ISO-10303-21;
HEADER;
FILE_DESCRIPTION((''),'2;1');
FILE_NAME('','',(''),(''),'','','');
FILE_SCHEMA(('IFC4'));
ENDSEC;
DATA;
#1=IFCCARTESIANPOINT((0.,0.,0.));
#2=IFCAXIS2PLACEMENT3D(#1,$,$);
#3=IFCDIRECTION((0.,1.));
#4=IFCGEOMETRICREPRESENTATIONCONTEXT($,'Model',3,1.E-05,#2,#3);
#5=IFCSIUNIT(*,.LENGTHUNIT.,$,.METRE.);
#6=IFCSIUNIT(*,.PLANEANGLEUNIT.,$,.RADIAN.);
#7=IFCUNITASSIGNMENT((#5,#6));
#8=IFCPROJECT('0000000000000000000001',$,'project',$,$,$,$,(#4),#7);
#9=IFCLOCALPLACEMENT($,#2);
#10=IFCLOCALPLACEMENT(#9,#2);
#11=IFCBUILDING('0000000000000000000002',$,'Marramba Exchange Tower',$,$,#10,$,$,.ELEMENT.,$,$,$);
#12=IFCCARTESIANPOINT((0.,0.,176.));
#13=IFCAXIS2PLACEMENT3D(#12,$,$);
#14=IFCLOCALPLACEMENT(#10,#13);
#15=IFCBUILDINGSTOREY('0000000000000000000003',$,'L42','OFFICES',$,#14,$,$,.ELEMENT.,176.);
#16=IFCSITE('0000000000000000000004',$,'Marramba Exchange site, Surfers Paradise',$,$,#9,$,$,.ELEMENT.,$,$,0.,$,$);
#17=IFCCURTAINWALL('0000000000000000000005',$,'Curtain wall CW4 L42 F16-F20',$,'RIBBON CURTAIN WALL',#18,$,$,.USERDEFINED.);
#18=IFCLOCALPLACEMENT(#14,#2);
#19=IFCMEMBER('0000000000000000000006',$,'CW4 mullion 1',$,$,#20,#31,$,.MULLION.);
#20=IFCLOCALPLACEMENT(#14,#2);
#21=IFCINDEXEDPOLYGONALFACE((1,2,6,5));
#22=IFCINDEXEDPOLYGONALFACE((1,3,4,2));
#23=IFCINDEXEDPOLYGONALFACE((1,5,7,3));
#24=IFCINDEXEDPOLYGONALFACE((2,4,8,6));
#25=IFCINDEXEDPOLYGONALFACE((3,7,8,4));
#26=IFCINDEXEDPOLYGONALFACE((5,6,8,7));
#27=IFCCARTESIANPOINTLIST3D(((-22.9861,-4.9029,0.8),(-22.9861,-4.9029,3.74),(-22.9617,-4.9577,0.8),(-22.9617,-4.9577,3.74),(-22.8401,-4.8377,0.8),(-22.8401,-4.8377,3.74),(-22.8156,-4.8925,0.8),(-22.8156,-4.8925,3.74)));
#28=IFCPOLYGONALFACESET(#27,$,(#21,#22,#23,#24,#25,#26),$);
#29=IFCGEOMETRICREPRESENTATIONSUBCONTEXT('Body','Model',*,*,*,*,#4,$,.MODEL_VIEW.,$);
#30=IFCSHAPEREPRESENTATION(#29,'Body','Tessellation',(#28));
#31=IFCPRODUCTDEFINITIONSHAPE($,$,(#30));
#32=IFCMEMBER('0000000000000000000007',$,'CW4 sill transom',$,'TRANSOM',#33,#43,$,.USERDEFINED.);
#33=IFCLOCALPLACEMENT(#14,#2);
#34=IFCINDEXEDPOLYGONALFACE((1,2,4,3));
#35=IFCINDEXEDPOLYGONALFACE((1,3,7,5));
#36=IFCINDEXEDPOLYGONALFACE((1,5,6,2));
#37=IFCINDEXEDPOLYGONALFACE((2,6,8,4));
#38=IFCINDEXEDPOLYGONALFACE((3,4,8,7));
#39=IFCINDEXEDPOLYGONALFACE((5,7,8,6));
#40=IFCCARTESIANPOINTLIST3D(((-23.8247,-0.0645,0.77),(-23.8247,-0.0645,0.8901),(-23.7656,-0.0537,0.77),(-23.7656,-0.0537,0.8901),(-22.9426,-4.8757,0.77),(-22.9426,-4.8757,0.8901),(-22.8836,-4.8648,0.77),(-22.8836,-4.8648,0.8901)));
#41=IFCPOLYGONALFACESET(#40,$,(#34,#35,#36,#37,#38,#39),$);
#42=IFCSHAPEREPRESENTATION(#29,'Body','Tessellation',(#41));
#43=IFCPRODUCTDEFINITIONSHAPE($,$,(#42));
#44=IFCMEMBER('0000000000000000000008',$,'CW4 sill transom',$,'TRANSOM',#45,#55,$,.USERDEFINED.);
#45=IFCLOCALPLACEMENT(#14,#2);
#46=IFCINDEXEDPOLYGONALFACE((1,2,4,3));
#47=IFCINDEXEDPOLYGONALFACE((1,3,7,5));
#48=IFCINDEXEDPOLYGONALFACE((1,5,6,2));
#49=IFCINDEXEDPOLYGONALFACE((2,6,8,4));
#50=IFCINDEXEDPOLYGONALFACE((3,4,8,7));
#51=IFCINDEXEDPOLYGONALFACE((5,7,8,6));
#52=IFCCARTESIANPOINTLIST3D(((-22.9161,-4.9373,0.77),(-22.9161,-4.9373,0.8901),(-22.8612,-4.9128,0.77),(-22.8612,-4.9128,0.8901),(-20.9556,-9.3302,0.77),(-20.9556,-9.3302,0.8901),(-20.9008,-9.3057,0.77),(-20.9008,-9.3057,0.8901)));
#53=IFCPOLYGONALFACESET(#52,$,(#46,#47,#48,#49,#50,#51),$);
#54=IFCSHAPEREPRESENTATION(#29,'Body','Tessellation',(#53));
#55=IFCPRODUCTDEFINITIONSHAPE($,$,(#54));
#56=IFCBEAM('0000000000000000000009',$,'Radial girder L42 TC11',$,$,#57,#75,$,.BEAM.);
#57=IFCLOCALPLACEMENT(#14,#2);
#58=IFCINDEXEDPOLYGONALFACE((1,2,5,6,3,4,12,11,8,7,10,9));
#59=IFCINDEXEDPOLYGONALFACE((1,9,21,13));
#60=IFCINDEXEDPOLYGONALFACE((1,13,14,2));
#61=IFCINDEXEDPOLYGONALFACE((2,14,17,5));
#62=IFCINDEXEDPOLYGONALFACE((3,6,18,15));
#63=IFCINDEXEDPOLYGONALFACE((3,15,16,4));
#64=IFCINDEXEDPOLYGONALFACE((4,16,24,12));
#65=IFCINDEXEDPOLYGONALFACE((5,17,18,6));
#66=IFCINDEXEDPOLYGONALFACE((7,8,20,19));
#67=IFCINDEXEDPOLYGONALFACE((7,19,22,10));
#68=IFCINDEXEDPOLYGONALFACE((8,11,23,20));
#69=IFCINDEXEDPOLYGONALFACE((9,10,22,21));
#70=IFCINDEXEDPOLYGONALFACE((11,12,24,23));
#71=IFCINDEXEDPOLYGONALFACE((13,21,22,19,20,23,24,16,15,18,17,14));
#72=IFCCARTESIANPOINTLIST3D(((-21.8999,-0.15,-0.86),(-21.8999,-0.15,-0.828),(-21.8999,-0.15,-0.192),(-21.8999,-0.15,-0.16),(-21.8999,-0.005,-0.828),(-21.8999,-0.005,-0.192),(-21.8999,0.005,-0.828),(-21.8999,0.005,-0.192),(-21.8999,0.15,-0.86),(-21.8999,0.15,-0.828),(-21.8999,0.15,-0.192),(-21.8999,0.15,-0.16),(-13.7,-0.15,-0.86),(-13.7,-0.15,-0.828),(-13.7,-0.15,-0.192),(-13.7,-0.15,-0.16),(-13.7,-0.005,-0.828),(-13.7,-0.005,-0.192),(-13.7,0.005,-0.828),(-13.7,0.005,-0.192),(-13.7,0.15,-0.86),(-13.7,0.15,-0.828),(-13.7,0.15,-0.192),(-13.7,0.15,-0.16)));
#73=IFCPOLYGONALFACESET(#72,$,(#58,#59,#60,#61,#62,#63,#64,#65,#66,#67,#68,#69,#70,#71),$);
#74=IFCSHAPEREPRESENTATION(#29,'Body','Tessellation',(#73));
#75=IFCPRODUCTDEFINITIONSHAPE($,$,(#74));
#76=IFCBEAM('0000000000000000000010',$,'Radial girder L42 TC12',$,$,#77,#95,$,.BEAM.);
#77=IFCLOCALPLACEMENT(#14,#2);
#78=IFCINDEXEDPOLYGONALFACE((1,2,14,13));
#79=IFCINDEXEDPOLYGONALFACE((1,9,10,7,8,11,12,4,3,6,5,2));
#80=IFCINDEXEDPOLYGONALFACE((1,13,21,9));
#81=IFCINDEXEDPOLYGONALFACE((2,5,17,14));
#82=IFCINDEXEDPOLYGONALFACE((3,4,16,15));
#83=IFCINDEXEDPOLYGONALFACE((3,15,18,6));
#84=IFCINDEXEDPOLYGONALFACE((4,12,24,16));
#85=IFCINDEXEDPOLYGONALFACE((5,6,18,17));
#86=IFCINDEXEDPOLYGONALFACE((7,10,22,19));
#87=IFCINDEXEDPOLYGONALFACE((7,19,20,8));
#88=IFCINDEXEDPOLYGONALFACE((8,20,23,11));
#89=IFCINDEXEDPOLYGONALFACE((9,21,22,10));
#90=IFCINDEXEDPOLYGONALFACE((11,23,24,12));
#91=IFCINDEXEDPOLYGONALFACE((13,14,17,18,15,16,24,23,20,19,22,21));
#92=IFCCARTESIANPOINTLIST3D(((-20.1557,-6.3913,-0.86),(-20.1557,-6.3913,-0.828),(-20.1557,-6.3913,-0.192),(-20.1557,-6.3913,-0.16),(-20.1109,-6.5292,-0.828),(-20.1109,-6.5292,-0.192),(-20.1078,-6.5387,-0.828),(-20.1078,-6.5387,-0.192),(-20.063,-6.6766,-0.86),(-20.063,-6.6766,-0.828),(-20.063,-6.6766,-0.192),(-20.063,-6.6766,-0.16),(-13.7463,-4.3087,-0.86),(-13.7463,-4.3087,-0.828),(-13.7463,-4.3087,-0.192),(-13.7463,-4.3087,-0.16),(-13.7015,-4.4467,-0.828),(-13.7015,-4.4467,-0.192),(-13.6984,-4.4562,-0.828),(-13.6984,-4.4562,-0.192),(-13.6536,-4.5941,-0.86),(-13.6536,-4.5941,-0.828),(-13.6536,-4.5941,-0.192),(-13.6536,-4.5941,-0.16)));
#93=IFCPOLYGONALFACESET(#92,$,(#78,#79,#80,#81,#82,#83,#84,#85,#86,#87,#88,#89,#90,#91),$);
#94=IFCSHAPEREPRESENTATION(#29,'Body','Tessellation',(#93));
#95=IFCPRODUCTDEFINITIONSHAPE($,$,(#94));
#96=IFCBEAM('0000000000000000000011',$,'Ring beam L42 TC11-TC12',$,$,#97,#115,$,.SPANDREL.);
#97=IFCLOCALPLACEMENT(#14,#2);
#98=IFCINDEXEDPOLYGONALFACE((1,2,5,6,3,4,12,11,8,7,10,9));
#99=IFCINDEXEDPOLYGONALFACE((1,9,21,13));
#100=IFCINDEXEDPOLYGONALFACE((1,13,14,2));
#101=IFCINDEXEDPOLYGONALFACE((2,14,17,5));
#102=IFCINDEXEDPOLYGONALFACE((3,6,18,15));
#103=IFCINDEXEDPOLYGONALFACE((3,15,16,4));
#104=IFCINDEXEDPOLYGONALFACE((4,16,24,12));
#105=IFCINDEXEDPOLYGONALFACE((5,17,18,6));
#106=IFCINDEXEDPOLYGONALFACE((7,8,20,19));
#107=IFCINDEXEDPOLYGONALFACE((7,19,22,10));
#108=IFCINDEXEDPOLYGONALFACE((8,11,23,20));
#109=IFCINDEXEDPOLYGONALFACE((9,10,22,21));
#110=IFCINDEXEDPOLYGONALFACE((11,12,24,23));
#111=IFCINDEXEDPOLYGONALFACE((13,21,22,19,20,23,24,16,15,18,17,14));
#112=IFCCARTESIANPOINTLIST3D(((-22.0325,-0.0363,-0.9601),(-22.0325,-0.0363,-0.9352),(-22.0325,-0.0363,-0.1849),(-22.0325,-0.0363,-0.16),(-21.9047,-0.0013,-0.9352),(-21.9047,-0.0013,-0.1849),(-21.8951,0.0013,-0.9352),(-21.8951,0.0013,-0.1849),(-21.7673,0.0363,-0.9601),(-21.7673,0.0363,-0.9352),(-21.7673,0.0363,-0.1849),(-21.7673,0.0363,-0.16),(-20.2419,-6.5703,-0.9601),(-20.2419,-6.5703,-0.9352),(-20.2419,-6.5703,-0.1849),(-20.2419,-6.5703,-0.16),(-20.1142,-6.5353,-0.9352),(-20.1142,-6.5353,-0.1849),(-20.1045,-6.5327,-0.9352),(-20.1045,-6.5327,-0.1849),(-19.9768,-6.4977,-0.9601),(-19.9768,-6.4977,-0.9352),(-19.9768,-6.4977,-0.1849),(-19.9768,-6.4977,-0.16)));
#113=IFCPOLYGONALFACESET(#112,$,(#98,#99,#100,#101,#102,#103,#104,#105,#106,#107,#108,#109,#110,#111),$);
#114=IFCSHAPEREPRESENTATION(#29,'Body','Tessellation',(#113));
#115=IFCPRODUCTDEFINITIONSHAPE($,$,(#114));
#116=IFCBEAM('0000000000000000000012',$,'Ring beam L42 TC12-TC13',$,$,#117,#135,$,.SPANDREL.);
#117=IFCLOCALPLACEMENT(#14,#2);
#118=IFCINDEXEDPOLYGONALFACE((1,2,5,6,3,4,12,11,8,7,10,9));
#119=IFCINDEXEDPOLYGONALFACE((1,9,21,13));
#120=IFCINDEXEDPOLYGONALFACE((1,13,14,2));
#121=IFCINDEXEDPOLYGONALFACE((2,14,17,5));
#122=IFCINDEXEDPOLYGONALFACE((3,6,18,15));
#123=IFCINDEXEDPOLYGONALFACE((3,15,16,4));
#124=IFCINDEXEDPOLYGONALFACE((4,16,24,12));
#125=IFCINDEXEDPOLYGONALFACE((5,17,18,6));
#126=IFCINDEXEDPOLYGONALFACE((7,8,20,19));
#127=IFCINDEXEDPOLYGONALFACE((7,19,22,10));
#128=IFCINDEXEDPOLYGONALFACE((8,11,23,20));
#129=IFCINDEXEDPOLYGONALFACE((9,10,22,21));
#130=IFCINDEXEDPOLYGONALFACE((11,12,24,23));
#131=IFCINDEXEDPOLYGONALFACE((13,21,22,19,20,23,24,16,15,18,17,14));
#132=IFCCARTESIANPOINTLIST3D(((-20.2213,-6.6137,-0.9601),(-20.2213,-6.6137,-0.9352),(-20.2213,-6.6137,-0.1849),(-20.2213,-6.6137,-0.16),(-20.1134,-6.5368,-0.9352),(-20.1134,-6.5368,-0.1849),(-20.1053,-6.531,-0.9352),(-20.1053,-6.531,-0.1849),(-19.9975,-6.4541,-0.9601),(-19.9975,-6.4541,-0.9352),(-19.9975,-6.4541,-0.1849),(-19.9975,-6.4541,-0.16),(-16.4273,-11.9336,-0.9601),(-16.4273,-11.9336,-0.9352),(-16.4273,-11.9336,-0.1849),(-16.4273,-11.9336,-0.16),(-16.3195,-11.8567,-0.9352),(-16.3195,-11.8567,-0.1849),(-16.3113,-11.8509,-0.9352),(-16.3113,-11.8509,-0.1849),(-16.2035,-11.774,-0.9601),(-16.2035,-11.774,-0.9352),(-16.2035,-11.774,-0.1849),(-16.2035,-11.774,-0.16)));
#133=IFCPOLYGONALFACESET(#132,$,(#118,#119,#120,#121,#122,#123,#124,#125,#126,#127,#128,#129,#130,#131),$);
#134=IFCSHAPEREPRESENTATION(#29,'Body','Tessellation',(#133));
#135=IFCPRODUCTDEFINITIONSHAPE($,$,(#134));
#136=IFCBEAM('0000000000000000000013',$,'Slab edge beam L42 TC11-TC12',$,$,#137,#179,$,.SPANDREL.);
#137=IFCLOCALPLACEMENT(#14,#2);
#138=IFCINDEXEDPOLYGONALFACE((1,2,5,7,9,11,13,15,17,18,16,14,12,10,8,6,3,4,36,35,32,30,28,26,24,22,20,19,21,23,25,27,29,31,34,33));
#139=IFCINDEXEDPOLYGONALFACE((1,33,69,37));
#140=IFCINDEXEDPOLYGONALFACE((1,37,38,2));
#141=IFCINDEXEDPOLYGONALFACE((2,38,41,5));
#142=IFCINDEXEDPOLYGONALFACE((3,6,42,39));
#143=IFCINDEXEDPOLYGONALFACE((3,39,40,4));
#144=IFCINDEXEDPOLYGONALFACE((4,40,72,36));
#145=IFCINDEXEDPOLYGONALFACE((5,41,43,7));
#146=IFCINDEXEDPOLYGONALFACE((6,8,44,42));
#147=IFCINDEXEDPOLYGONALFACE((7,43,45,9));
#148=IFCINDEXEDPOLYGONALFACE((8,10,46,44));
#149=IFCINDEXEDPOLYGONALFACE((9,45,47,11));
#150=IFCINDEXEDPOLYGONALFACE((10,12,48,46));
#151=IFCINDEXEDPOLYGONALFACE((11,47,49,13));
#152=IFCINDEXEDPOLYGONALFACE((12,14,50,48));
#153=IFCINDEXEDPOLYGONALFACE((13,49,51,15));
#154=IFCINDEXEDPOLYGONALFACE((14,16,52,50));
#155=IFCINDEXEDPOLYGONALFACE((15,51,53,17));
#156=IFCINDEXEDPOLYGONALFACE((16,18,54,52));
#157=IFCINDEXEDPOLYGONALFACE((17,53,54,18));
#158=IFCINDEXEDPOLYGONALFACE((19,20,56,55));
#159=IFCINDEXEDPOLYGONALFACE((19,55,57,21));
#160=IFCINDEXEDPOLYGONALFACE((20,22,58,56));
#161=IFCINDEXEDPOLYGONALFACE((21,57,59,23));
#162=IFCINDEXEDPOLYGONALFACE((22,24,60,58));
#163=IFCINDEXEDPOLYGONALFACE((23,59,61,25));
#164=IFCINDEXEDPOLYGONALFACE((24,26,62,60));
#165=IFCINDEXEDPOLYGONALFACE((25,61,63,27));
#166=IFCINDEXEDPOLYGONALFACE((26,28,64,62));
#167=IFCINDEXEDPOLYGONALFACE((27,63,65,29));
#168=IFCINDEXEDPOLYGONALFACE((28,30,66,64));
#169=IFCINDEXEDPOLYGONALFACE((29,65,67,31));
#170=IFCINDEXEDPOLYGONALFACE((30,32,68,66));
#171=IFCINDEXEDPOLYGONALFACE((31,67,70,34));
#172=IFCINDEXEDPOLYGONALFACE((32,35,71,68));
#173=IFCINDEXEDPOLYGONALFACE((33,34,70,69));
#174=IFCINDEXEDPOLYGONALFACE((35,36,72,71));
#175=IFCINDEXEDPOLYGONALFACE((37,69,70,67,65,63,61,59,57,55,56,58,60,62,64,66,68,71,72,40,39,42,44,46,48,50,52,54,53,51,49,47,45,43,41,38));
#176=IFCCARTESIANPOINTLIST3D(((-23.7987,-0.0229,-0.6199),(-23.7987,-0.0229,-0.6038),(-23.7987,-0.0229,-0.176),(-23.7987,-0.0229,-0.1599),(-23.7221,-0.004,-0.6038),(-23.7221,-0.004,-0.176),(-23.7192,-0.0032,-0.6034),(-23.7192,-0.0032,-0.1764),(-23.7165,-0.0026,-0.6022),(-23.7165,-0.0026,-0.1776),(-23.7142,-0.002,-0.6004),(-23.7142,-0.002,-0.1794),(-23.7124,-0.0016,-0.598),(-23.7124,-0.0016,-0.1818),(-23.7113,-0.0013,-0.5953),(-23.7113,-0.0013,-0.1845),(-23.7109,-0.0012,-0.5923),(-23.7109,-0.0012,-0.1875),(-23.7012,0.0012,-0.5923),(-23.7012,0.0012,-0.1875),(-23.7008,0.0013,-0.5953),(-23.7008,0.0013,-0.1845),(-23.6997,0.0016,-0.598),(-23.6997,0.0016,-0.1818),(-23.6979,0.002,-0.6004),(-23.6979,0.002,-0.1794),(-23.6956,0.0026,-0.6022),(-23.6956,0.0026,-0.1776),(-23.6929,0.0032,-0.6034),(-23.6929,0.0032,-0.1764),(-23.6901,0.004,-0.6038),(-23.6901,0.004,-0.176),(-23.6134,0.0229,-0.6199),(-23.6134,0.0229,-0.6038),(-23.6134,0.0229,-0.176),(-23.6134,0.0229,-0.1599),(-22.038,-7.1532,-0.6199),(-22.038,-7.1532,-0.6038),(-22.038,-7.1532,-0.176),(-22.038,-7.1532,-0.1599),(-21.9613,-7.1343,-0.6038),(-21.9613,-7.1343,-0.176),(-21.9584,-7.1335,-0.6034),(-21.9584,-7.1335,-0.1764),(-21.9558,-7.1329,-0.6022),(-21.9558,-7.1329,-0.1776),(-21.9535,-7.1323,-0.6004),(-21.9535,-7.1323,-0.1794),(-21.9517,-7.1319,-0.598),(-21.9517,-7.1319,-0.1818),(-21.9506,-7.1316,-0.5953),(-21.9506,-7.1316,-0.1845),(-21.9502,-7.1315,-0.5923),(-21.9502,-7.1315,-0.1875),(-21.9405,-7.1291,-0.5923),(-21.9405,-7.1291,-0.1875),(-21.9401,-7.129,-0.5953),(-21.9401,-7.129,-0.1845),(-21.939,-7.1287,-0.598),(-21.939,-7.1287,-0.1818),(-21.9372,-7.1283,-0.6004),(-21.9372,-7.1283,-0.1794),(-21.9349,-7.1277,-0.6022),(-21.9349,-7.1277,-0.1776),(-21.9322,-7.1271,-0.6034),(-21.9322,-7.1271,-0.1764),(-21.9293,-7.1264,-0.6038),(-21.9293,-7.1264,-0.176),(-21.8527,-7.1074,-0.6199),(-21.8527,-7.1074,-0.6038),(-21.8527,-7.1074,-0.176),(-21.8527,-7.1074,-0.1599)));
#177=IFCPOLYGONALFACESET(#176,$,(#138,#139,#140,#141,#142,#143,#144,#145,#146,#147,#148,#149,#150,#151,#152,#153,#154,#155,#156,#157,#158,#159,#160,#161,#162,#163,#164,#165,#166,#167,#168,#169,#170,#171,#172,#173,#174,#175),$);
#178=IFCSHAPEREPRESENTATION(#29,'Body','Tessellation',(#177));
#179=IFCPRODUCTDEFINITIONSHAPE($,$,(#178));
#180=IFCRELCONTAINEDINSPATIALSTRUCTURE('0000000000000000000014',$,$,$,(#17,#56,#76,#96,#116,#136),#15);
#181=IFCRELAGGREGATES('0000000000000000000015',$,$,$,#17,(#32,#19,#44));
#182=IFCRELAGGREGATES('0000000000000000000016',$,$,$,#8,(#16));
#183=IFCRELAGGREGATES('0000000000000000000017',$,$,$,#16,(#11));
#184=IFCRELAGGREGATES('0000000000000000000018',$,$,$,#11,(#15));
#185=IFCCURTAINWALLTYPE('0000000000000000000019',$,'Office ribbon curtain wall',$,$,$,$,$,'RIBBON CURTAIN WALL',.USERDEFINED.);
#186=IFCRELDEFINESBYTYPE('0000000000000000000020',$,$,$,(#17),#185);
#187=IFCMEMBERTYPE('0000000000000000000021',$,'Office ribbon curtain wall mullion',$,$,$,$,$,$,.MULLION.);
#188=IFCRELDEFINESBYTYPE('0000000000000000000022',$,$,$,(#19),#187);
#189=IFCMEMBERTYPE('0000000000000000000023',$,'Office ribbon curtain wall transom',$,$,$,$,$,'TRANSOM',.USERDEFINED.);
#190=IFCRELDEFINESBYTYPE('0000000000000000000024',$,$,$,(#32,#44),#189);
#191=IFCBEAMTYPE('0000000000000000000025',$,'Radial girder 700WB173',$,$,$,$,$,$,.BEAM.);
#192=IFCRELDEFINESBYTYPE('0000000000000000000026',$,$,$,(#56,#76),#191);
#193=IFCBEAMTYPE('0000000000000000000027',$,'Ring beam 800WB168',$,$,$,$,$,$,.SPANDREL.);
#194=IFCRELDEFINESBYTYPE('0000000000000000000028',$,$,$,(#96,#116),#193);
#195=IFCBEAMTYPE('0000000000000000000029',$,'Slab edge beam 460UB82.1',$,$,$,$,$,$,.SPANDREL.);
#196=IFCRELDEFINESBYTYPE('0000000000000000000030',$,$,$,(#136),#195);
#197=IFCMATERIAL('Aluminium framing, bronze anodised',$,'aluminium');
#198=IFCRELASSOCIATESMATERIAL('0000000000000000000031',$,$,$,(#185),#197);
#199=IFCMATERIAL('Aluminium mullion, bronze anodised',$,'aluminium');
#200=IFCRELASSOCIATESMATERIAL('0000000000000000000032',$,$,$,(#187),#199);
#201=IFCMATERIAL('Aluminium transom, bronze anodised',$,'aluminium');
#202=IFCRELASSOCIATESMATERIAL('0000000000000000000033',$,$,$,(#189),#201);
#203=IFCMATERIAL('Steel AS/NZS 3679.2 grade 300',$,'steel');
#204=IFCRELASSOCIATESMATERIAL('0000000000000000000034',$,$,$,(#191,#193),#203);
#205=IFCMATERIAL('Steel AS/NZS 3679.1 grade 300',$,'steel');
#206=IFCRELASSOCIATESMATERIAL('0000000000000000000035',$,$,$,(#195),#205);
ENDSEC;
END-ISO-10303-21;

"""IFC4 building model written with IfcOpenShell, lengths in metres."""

from ifc_helpers import new_model, si_unit, direction, frame, origin, origin_2d, place, context, subcontext, project, spatial, rectangle, i_section, extrude, material, material_profile, profile_set, type_object, element, aggregate, save


model = new_model("IFC4")

# Units and contexts
model_context = context("Model", 3, precision=1e-05, world=origin(), true_north=direction((0.0, 1.0)))
body_context = subcontext(model_context, "Body", "Model", "MODEL_VIEW")
ifc_project = project(units=[si_unit("LENGTHUNIT", "METRE"), si_unit("PLANEANGLEUNIT", "RADIAN")], contexts=[model_context])

# Site, building, storey
site_placement = place(None, origin())
site = spatial("IfcSite", under=ifc_project, at=site_placement, Name="Marramba Exchange site, Surfers Paradise", CompositionType="ELEMENT", RefElevation=0.0)
building_placement = place(site_placement, origin())
building = spatial("IfcBuilding", under=site, at=building_placement, Name="Marramba Exchange Tower", CompositionType="ELEMENT")
storey_placement = place(building_placement, frame((0.0, 0.0, 176.0)))
storey = spatial("IfcBuildingStorey", under=building, at=storey_placement, Name="L42", Description="OFFICES", CompositionType="ELEMENT", Elevation=176.0)

# Shared definitions
ifc_material_1 = material(Name="Steel AS/NZS 3679.2 grade 300", Category="steel")
ifc_material_2 = material(Name="Steel AS/NZS 3679.1 grade 300", Category="steel")

# Curtain wall, members
ifc_material_3 = material(Name="Aluminium framing, bronze anodised", Category="aluminium")
curtain_wall_type = type_object("IfcCurtainWallType", Name="Office ribbon curtain wall", ElementType="RIBBON CURTAIN WALL", PredefinedType="USERDEFINED", material=ifc_material_3)
curtain_wall_placement = place(storey_placement, origin())
curtain_wall = element("IfcCurtainWall", 1, at=curtain_wall_placement, inside=storey, type_object=curtain_wall_type, Name="Curtain wall CW4 L42 F16-F20", ObjectType="RIBBON CURTAIN WALL", PredefinedType="USERDEFINED")
ifc_material_4 = material(Name="Aluminium mullion, bronze anodised", Category="aluminium")
ifc_material_profile_1 = material_profile(ifc_material_4, rectangle(XDim=0.1599, YDim=0.0601, at=origin_2d()), Name="CW4 mullion 60x160")
ifc_profile_set_1 = profile_set([ifc_material_profile_1], Name="Aluminium mullion, bronze anodised")
member_type_1 = type_object("IfcMemberType", Name="Office ribbon curtain wall mullion", PredefinedType="MULLION", material=ifc_profile_set_1)
member_1_placement = place(storey_placement, frame((-22.9009, -4.8977, 0.8), z_axis=(0.0, 0.0, 1.0), x_axis=(0.91318, 0.407558, 0.0)))
member_1 = element("IfcMember", 2, at=member_1_placement, type_object=member_type_1, Name="CW4 mullion 1", PredefinedType="MULLION", context=body_context, shape_type="SweptSolid", body=[
    extrude(rectangle(XDim=0.1599, YDim=0.0601, at=origin_2d()), origin(), (0.0, 0.0, 1.0), 2.9399),
])
ifc_material_5 = material(Name="Aluminium transom, bronze anodised", Category="aluminium")
ifc_material_profile_2 = material_profile(ifc_material_5, rectangle(XDim=0.0601, YDim=0.1201, at=origin_2d()), Name="CW4 transom 60x120")
ifc_profile_set_2 = profile_set([ifc_material_profile_2], Name="Aluminium transom, bronze anodised")
member_type_2 = type_object("IfcMemberType", Name="Office ribbon curtain wall transom", ElementType="TRANSOM", PredefinedType="USERDEFINED", material=ifc_profile_set_2)
member_2_placement = place(storey_placement, frame((-23.7952, -0.0591, 0.8301), z_axis=(0.18033, -0.983606, 0.0), x_axis=(0.983606, 0.18033, 0.0)))
member_2 = element("IfcMember", 3, at=member_2_placement, type_object=member_type_2, Name="CW4 sill transom", ObjectType="TRANSOM", PredefinedType="USERDEFINED", context=body_context, shape_type="SweptSolid", body=[
    extrude(rectangle(XDim=0.0601, YDim=0.1201, at=origin_2d()), origin(), (0.0, 0.0, 1.0), 4.8914),
])
member_3_placement = place(storey_placement, frame((-22.8887, -4.925, 0.8301), z_axis=(0.407541, -0.913187, 0.0), x_axis=(0.913187, 0.407541, 0.0)))
member_3 = element("IfcMember", 4, at=member_3_placement, type_object=member_type_2, Name="CW4 sill transom", ObjectType="TRANSOM", PredefinedType="USERDEFINED", context=body_context, shape_type="SweptSolid", body=[
    extrude(rectangle(XDim=0.0601, YDim=0.1201, at=origin_2d()), origin(), (0.0, 0.0, 1.0), 4.8105),
])

# Beams
ifc_material_profile_3 = material_profile(ifc_material_1, i_section(OverallWidth=0.3, OverallDepth=0.7, WebThickness=0.01, FlangeThickness=0.032, at=origin_2d()), Name="700WB173")
ifc_profile_set_3 = profile_set([ifc_material_profile_3], Name="Steel AS/NZS 3679.2 grade 300")
beam_type_1 = type_object("IfcBeamType", Name="Radial girder 700WB173", PredefinedType="BEAM", material=ifc_profile_set_3)
beam_1_placement = place(storey_placement, frame((-13.7, 0.0, -0.51), z_axis=(-1.0, 0.0, 0.0), x_axis=(0.0, -1.0, 0.0)))
element("IfcBeam", 5, at=beam_1_placement, inside=storey, type_object=beam_type_1, Name="Radial girder L42 TC11", PredefinedType="BEAM", context=body_context, shape_type="SweptSolid", body=[
    extrude(i_section(OverallWidth=0.3, OverallDepth=0.7, WebThickness=0.01, FlangeThickness=0.032, at=origin_2d()), origin(), (0.0, 0.0, 1.0), 8.2),
])
beam_2_placement = place(storey_placement, frame((-13.7, -4.4514, -0.51), z_axis=(-0.951058, -0.309013, 0.0), x_axis=(0.309013, -0.951058, 0.0)))
element("IfcBeam", 6, at=beam_2_placement, inside=storey, type_object=beam_type_1, Name="Radial girder L42 TC12", PredefinedType="BEAM", context=body_context, shape_type="SweptSolid", body=[
    extrude(i_section(OverallWidth=0.3, OverallDepth=0.7, WebThickness=0.01, FlangeThickness=0.032, at=origin_2d()), origin(), (0.0, 0.0, 1.0), 6.7393),
])
ifc_material_profile_4 = material_profile(ifc_material_1, i_section(OverallWidth=0.2749, OverallDepth=0.8, WebThickness=0.01, FlangeThickness=0.0249, at=origin_2d()), Name="800WB168")
ifc_profile_set_4 = profile_set([ifc_material_profile_4], Name="Steel AS/NZS 3679.2 grade 300")
beam_type_2 = type_object("IfcBeamType", Name="Ring beam 800WB168", PredefinedType="SPANDREL", material=ifc_profile_set_4)
beam_3_placement = place(storey_placement, frame((-21.8999, 0.0, -0.5601), z_axis=(0.264291, -0.964443, 0.0), x_axis=(0.964443, 0.264291, 0.0)))
element("IfcBeam", 7, at=beam_3_placement, inside=storey, type_object=beam_type_2, Name="Ring beam L42 TC11-TC12", PredefinedType="SPANDREL", context=body_context, shape_type="SweptSolid", body=[
    extrude(i_section(OverallWidth=0.2749, OverallDepth=0.8, WebThickness=0.01, FlangeThickness=0.0249, at=origin_2d()), origin(), (0.0, 0.0, 1.0), 6.7749),
])
beam_4_placement = place(storey_placement, frame((-20.1094, -6.5339, -0.5601), z_axis=(0.580637, -0.814162, 0.0), x_axis=(0.814162, 0.580637, 0.0)))
element("IfcBeam", 8, at=beam_4_placement, inside=storey, type_object=beam_type_2, Name="Ring beam L42 TC12-TC13", PredefinedType="SPANDREL", context=body_context, shape_type="SweptSolid", body=[
    extrude(i_section(OverallWidth=0.2749, OverallDepth=0.8, WebThickness=0.01, FlangeThickness=0.0249, at=origin_2d()), origin(), (0.0, 0.0, 1.0), 6.5342),
])
ifc_material_profile_5 = material_profile(ifc_material_2, i_section(OverallWidth=0.1909, OverallDepth=0.46, WebThickness=0.01, FlangeThickness=0.0161, FilletRadius=0.0115, at=origin_2d()), Name="460UB82.1")
ifc_profile_set_5 = profile_set([ifc_material_profile_5], Name="Steel AS/NZS 3679.1 grade 300")
beam_type_3 = type_object("IfcBeamType", Name="Slab edge beam 460UB82.1", PredefinedType="SPANDREL", material=ifc_profile_set_5)
beam_5_placement = place(storey_placement, frame((-23.7061, 0.0, -0.3899), z_axis=(0.239735, -0.970838, 0.0), x_axis=(0.970838, 0.239735, 0.0)))
element("IfcBeam", 9, at=beam_5_placement, inside=storey, type_object=beam_type_3, Name="Slab edge beam L42 TC11-TC12", PredefinedType="SPANDREL", context=body_context, shape_type="SweptSolid", body=[
    extrude(i_section(OverallWidth=0.1909, OverallDepth=0.46, WebThickness=0.01, FlangeThickness=0.0161, FilletRadius=0.0115, at=origin_2d()), origin(), (0.0, 0.0, 1.0), 7.3445),
])

aggregate(curtain_wall, [member_2, member_1, member_3])

save(model, "model.ifc")
